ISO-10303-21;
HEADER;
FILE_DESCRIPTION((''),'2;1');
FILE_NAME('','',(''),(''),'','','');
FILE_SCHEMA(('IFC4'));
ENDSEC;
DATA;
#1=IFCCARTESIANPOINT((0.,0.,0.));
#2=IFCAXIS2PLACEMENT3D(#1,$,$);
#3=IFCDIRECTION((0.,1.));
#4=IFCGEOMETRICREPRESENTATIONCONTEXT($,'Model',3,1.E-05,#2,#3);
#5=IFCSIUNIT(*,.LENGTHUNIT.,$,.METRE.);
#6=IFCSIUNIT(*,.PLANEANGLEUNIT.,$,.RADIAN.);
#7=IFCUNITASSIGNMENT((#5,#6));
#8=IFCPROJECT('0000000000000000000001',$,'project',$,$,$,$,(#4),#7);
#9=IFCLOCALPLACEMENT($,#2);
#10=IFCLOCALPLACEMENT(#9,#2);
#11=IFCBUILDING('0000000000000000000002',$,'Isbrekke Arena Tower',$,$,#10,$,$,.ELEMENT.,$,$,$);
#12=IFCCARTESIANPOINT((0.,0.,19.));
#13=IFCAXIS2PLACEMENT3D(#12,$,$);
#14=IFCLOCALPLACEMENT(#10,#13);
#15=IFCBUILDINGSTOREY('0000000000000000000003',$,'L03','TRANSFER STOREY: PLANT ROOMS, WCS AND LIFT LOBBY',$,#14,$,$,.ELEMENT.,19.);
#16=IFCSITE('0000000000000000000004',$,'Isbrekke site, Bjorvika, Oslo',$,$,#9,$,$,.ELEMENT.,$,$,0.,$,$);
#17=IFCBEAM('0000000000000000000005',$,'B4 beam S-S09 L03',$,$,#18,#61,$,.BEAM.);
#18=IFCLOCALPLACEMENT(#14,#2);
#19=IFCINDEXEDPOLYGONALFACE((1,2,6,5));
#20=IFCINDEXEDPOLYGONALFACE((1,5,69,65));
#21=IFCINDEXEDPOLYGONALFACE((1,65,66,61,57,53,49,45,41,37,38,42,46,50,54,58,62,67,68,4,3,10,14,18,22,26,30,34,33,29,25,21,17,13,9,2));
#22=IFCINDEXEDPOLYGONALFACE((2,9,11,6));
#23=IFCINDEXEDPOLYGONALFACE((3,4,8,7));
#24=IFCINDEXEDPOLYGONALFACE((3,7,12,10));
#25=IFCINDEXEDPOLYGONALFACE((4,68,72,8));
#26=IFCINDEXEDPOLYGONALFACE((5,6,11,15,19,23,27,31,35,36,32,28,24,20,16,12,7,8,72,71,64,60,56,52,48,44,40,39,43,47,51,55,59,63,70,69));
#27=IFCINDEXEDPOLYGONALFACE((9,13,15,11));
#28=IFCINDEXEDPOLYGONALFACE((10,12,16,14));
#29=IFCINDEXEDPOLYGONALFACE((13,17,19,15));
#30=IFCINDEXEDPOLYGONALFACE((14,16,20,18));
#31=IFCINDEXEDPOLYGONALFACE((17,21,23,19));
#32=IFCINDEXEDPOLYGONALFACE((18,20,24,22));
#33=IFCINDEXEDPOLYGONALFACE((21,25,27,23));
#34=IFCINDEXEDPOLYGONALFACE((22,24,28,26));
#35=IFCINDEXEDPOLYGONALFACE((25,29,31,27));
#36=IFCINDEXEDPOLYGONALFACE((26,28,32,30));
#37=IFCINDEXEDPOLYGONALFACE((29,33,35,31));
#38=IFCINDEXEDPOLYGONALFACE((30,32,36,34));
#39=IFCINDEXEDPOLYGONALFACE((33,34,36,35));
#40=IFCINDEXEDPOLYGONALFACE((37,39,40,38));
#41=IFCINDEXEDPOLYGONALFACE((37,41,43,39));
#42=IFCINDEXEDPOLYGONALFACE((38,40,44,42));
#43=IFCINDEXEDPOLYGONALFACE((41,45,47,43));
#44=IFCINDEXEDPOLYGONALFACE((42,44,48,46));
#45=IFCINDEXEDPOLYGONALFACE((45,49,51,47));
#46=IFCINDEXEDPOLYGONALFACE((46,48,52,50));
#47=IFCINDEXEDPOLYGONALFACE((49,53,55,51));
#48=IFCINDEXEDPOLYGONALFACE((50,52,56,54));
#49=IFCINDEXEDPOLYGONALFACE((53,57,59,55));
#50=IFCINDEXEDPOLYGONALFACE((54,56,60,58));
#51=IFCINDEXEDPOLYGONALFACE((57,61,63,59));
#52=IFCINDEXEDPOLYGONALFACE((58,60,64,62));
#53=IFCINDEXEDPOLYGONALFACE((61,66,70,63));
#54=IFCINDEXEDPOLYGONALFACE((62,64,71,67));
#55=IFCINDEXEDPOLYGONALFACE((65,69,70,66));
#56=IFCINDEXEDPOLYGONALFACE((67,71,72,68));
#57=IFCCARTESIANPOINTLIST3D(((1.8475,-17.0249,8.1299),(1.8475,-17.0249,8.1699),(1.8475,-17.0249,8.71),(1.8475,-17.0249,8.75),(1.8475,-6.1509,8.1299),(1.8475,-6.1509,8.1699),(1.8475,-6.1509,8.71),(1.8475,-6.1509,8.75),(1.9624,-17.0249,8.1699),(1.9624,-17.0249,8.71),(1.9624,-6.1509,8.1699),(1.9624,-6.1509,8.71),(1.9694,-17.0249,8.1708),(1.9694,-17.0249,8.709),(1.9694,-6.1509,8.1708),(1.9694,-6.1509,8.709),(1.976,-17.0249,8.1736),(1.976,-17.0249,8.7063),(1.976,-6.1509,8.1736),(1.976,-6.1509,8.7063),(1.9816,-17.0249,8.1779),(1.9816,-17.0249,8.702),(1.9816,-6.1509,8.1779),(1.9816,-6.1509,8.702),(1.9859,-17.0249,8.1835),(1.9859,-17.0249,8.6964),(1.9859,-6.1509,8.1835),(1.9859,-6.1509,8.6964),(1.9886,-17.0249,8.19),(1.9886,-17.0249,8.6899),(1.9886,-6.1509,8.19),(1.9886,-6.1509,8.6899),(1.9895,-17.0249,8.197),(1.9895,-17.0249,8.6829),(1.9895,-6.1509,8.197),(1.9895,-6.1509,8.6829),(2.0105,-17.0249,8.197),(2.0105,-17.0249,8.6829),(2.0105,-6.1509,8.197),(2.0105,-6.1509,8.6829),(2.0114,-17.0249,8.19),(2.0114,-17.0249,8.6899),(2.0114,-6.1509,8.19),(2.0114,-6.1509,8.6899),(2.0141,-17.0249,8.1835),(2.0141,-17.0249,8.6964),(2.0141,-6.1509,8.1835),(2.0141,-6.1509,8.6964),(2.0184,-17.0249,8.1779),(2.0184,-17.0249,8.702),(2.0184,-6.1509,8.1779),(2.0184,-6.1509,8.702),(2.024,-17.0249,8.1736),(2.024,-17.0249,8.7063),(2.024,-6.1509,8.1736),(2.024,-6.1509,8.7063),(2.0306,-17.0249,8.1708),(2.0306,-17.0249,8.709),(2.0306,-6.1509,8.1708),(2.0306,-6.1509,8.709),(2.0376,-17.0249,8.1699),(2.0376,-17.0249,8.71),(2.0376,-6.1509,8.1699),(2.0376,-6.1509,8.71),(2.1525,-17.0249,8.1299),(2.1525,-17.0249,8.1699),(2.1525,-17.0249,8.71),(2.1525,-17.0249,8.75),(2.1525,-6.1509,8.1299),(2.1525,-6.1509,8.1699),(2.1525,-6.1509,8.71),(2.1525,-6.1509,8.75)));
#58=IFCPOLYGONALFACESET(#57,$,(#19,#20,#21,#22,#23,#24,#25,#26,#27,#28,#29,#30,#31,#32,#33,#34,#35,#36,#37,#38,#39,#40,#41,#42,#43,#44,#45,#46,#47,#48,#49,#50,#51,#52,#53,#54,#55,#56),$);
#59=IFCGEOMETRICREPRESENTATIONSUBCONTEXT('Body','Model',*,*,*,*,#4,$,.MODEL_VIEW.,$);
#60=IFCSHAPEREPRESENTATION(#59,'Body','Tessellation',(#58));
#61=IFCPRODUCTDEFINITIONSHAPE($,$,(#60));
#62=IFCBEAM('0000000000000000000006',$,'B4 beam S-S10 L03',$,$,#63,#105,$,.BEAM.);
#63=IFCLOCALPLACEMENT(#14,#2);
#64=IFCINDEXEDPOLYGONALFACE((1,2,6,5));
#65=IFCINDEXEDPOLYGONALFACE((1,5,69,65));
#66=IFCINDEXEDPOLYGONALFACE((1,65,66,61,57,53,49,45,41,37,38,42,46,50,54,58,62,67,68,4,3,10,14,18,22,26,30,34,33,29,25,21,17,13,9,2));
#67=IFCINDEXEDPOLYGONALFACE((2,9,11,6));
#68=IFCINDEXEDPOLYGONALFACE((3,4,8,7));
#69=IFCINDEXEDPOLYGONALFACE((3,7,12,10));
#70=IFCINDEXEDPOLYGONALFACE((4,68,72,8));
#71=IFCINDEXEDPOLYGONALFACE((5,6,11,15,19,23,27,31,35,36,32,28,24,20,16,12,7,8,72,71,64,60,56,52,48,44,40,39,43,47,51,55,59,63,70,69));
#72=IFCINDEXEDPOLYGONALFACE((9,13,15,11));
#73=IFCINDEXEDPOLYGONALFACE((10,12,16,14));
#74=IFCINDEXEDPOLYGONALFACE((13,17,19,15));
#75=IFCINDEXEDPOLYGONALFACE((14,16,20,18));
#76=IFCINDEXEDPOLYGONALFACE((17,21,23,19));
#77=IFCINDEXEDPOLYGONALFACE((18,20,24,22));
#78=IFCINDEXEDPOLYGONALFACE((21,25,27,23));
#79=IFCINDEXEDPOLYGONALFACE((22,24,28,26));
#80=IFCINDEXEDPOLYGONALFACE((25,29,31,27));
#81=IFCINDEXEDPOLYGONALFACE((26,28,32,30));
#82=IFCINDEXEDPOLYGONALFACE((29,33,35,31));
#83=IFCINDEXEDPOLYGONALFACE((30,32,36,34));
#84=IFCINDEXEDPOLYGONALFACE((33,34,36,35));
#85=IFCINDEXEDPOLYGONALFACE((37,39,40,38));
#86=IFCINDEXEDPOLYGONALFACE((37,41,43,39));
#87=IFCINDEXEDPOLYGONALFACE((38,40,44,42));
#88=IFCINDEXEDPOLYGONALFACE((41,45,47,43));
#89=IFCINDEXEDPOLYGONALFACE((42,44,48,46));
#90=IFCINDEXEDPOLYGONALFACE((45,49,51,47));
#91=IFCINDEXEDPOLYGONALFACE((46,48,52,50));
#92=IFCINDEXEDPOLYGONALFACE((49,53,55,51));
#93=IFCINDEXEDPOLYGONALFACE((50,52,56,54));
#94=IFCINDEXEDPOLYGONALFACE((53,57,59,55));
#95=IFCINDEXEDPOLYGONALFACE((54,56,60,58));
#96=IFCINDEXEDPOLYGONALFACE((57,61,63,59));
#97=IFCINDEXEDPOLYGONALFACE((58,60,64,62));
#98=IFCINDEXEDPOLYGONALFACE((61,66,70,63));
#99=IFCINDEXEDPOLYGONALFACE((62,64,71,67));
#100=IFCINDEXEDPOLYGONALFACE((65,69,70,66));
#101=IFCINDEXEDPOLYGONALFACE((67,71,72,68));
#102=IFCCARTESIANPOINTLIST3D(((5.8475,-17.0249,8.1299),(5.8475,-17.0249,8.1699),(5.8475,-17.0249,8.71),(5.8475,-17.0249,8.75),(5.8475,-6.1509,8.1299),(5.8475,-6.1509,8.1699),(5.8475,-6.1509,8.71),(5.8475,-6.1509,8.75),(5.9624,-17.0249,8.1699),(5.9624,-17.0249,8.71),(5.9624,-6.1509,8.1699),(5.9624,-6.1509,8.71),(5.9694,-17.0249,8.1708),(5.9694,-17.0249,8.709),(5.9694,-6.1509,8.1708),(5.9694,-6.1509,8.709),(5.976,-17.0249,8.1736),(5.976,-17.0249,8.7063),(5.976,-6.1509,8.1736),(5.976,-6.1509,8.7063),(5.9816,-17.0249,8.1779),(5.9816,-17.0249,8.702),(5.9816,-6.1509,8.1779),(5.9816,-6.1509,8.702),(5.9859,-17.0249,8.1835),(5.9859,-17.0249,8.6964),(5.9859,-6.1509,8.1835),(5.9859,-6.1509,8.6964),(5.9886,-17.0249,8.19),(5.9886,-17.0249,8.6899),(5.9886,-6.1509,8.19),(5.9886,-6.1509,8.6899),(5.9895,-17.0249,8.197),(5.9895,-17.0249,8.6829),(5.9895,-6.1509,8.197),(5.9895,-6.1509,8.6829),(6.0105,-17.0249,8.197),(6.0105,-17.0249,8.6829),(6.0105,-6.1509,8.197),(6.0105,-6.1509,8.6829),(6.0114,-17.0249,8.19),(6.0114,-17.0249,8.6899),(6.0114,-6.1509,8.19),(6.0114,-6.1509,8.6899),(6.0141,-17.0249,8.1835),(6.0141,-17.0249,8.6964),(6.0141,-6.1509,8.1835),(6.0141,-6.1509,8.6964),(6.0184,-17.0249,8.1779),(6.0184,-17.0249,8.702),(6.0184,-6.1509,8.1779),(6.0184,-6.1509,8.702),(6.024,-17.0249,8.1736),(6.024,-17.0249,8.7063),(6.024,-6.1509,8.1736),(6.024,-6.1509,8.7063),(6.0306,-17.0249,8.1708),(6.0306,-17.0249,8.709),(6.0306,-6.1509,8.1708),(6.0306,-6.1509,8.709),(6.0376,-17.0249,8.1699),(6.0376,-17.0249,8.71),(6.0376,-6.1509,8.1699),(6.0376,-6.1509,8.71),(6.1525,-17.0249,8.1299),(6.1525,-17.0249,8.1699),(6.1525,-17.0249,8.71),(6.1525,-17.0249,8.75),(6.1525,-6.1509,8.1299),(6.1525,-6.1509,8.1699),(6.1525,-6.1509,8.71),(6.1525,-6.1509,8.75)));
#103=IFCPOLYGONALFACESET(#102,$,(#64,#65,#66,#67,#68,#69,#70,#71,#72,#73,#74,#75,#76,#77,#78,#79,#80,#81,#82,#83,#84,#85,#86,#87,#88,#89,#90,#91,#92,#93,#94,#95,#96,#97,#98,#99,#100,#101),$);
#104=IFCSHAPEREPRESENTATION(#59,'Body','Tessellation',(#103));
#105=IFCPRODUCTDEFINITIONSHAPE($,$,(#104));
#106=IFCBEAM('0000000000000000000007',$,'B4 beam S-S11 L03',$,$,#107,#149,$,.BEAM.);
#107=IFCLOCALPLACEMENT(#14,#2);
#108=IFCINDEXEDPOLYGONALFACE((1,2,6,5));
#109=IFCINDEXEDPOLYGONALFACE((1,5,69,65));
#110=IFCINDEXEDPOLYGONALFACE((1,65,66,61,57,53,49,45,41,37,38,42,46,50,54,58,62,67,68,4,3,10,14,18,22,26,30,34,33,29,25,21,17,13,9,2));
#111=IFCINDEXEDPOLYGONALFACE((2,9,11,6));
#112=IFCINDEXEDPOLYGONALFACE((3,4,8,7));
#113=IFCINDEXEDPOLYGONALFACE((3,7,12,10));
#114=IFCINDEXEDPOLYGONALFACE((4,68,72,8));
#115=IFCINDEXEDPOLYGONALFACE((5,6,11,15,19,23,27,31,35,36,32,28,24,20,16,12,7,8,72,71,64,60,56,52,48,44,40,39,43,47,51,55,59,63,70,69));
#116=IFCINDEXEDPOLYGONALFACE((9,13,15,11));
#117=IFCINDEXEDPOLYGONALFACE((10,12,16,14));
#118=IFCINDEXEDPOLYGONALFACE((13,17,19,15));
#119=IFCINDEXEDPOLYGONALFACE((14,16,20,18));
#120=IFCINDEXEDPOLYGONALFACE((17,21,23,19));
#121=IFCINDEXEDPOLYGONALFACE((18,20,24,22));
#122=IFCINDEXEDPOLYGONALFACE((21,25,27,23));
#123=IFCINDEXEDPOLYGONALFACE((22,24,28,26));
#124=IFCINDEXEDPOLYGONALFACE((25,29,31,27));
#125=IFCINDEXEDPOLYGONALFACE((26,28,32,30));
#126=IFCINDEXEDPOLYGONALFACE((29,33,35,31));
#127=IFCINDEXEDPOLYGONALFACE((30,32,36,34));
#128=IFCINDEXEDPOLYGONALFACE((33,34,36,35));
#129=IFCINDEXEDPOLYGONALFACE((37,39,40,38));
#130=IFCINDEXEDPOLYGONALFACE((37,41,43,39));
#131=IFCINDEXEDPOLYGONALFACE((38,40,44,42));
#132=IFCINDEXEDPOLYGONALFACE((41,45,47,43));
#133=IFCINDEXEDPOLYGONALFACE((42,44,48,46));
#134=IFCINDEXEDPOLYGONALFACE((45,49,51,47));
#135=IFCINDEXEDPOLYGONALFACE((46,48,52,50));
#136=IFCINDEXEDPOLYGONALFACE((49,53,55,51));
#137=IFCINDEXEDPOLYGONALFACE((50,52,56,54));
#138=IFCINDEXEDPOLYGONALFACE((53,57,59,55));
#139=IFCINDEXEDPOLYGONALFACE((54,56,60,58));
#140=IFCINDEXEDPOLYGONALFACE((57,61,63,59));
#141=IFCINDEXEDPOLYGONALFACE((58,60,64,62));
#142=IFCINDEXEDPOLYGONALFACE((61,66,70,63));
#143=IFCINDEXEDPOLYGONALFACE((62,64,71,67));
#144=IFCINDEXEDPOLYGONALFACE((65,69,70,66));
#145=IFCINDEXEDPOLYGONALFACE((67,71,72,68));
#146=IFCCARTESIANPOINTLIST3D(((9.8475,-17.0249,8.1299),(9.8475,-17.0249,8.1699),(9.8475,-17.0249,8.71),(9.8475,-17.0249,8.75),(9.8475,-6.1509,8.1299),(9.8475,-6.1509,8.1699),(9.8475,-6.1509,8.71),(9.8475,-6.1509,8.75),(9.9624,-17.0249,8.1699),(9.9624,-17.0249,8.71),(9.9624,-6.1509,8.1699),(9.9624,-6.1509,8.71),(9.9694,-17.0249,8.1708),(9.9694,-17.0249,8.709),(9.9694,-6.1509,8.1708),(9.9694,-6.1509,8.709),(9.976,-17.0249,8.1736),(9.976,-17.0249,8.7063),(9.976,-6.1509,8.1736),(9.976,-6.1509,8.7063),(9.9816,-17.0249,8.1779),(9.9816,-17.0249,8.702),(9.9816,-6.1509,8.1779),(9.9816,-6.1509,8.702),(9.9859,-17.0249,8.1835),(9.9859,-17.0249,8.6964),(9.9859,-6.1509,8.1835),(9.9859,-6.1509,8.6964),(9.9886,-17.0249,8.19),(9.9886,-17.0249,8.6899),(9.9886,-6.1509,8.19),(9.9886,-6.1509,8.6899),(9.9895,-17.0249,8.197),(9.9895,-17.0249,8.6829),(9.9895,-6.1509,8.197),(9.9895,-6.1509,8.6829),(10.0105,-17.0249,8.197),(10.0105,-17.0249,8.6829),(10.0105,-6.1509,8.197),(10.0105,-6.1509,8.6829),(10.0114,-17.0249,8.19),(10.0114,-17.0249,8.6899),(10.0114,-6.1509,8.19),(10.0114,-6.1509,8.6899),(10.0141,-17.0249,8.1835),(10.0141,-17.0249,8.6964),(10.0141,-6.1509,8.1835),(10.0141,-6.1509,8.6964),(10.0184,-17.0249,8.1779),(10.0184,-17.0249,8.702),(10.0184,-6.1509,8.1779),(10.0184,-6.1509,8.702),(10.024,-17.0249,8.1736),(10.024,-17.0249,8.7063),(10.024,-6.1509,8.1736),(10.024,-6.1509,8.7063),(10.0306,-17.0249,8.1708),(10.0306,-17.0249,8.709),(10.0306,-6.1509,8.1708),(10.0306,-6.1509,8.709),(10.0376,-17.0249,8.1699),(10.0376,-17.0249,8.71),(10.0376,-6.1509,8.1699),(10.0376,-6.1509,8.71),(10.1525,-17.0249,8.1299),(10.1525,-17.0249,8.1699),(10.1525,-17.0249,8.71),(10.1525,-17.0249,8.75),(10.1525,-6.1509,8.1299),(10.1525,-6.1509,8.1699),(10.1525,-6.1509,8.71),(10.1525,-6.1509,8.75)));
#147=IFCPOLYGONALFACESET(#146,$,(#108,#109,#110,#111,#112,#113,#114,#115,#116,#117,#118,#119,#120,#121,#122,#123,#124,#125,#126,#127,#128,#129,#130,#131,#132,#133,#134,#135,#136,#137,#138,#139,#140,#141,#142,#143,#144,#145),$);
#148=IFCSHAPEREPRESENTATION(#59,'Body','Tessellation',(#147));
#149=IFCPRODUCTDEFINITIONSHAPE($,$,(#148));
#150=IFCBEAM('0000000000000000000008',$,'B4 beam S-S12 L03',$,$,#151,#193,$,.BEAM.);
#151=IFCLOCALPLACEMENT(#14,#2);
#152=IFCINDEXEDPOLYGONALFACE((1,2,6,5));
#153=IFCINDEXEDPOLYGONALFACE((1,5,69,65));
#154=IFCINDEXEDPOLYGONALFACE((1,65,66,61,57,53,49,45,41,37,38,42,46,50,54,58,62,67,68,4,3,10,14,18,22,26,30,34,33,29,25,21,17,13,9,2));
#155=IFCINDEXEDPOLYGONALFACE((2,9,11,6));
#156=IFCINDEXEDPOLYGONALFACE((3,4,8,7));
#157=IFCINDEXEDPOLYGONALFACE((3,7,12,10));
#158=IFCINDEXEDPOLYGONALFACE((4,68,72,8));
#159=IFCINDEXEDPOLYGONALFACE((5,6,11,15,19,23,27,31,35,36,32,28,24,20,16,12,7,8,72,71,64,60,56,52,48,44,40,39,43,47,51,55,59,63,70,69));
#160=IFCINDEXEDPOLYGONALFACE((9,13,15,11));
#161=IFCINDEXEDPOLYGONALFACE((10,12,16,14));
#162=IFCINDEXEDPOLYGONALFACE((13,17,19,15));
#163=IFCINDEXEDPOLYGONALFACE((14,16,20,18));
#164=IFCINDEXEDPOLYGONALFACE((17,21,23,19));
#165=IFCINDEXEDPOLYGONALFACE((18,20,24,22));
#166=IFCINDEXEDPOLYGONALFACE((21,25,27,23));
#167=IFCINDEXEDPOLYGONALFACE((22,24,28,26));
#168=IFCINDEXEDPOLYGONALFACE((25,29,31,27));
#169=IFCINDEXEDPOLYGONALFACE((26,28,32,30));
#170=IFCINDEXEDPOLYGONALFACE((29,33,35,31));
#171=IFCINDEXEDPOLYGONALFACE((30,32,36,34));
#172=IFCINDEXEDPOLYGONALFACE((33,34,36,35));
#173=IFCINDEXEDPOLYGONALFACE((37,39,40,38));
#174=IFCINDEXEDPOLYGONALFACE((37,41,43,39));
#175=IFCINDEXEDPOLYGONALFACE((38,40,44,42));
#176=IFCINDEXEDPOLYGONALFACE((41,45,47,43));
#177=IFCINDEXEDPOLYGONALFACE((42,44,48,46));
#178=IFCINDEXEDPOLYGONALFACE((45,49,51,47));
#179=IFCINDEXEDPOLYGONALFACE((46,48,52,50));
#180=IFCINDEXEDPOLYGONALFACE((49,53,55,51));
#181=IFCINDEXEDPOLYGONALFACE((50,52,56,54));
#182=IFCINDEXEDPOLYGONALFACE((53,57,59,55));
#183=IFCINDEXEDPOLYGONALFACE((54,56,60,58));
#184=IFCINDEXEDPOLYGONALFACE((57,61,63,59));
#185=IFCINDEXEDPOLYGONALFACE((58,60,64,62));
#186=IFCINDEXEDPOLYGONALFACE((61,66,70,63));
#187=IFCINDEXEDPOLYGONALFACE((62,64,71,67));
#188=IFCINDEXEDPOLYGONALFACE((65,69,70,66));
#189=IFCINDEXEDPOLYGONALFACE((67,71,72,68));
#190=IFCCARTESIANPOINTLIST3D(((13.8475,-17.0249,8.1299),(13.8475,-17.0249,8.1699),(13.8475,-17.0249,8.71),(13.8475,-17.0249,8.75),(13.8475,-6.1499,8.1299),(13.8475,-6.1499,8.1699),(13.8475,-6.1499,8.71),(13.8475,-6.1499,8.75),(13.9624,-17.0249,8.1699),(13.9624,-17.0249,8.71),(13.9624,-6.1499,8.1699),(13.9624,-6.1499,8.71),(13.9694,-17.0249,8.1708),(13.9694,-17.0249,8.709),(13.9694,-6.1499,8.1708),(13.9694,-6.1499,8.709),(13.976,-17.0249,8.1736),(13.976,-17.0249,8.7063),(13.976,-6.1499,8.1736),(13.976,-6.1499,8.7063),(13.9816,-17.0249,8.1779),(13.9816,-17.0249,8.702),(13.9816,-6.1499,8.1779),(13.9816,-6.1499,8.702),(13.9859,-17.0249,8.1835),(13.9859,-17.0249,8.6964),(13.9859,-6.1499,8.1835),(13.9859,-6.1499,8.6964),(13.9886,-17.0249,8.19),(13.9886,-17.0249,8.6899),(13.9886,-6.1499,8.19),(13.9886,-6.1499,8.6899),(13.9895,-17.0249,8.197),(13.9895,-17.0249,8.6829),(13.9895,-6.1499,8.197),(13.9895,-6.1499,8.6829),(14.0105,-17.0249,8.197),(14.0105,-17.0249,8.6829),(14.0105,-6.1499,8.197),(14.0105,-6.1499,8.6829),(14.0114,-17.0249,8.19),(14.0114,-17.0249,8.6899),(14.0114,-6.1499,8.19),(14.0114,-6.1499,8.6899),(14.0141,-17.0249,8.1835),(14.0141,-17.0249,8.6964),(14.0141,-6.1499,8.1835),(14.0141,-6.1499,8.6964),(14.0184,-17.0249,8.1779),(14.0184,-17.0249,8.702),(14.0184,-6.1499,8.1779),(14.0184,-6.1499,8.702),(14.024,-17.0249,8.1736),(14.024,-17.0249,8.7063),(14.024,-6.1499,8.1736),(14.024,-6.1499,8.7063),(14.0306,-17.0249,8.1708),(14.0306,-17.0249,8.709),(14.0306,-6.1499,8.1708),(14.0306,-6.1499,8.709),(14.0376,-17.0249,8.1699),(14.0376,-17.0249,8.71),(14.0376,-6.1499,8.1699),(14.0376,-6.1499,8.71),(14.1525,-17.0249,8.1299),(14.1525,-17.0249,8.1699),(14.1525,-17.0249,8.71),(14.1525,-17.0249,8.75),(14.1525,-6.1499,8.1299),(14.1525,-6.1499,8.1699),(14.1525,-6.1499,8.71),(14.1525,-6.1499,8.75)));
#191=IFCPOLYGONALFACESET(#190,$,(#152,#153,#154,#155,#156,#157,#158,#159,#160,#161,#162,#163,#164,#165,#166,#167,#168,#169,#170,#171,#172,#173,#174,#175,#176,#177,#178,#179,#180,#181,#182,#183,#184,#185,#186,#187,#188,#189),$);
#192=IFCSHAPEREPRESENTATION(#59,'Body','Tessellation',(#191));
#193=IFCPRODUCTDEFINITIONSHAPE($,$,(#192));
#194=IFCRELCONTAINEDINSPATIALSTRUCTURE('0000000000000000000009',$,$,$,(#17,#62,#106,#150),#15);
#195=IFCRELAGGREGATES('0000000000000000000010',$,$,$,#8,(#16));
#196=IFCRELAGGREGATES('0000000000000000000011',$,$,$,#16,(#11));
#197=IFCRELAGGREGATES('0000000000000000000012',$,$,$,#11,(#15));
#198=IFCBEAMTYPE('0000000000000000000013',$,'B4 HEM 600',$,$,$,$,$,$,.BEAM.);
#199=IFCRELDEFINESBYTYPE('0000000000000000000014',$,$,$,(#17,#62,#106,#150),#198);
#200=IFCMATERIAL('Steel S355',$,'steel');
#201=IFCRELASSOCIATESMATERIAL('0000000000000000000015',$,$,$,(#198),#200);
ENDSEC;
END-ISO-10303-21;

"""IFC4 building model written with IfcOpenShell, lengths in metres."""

from ifc_helpers import new_model, si_unit, direction, frame, origin, origin_2d, place, context, subcontext, project, spatial, i_section, extrude, material, material_profile, profile_set, type_object, element, save


model = new_model("IFC4")

# Units and contexts
model_context = context("Model", 3, precision=1e-05, world=origin(), true_north=direction((0.0, 1.0)))
body_context = subcontext(model_context, "Body", "Model", "MODEL_VIEW")
ifc_project = project(units=[si_unit("LENGTHUNIT", "METRE"), si_unit("PLANEANGLEUNIT", "RADIAN")], contexts=[model_context])

# Site, building, storey
site_placement = place(None, origin())
site = spatial("IfcSite", under=ifc_project, at=site_placement, Name="Isbrekke site, Bjorvika, Oslo", CompositionType="ELEMENT", RefElevation=0.0)
building_placement = place(site_placement, origin())
building = spatial("IfcBuilding", under=site, at=building_placement, Name="Isbrekke Arena Tower", CompositionType="ELEMENT")
storey_placement = place(building_placement, frame((0.0, 0.0, 19.0)))
storey = spatial("IfcBuildingStorey", under=building, at=storey_placement, Name="L03", Description="TRANSFER STOREY: PLANT ROOMS, WCS AND LIFT LOBBY", CompositionType="ELEMENT", Elevation=19.0)

# Beams
ifc_material_1 = material(Name="Steel S355", Category="steel")
ifc_material_profile_1 = material_profile(ifc_material_1, i_section(OverallWidth=0.3049, OverallDepth=0.6201, WebThickness=0.021, FlangeThickness=0.04, FilletRadius=0.0271, at=origin_2d()), Name="HEM 600")
ifc_profile_set_1 = profile_set([ifc_material_profile_1], Name="Steel S355")
beam_type_1 = type_object("IfcBeamType", Name="B4 HEM 600", PredefinedType="BEAM", material=ifc_profile_set_1)
for number, where, z_axis, x_axis, name in (
    (1, (2.0, -17.0249, 8.4399), (0.0, 1.0, 0.0), (-1.0, 0.0, 0.0), "B4 beam S-S09 L03"),
    (2, (6.0, -17.0249, 8.4399), (0.0, 1.0, 0.0), (-1.0, 0.0, 0.0), "B4 beam S-S10 L03"),
    (3, (10.0, -17.0249, 8.4399), (0.0, 1.0, 0.0), (-1.0, 0.0, 0.0), "B4 beam S-S11 L03"),
):
    element("IfcBeam", number, at=place(storey_placement, frame(where, z_axis=z_axis, x_axis=x_axis)), inside=storey, type_object=beam_type_1, Name=name, PredefinedType="BEAM", context=body_context, shape_type="SweptSolid", body=[
        extrude(i_section(OverallWidth=0.3049, OverallDepth=0.6201, WebThickness=0.021, FlangeThickness=0.04, FilletRadius=0.0271, at=origin_2d()), origin(), (0.0, 0.0, 1.0), 10.874),
    ])
beam_placement = place(storey_placement, frame((14.0, -17.0249, 8.4399), z_axis=(0.0, 1.0, 0.0), x_axis=(-1.0, 0.0, 0.0)))
element("IfcBeam", 4, at=beam_placement, inside=storey, type_object=beam_type_1, Name="B4 beam S-S12 L03", PredefinedType="BEAM", context=body_context, shape_type="SweptSolid", body=[
    extrude(i_section(OverallWidth=0.3049, OverallDepth=0.6201, WebThickness=0.021, FlangeThickness=0.04, FilletRadius=0.0271, at=origin_2d()), origin(), (0.0, 0.0, 1.0), 10.875),
])

save(model, "model.ifc")
